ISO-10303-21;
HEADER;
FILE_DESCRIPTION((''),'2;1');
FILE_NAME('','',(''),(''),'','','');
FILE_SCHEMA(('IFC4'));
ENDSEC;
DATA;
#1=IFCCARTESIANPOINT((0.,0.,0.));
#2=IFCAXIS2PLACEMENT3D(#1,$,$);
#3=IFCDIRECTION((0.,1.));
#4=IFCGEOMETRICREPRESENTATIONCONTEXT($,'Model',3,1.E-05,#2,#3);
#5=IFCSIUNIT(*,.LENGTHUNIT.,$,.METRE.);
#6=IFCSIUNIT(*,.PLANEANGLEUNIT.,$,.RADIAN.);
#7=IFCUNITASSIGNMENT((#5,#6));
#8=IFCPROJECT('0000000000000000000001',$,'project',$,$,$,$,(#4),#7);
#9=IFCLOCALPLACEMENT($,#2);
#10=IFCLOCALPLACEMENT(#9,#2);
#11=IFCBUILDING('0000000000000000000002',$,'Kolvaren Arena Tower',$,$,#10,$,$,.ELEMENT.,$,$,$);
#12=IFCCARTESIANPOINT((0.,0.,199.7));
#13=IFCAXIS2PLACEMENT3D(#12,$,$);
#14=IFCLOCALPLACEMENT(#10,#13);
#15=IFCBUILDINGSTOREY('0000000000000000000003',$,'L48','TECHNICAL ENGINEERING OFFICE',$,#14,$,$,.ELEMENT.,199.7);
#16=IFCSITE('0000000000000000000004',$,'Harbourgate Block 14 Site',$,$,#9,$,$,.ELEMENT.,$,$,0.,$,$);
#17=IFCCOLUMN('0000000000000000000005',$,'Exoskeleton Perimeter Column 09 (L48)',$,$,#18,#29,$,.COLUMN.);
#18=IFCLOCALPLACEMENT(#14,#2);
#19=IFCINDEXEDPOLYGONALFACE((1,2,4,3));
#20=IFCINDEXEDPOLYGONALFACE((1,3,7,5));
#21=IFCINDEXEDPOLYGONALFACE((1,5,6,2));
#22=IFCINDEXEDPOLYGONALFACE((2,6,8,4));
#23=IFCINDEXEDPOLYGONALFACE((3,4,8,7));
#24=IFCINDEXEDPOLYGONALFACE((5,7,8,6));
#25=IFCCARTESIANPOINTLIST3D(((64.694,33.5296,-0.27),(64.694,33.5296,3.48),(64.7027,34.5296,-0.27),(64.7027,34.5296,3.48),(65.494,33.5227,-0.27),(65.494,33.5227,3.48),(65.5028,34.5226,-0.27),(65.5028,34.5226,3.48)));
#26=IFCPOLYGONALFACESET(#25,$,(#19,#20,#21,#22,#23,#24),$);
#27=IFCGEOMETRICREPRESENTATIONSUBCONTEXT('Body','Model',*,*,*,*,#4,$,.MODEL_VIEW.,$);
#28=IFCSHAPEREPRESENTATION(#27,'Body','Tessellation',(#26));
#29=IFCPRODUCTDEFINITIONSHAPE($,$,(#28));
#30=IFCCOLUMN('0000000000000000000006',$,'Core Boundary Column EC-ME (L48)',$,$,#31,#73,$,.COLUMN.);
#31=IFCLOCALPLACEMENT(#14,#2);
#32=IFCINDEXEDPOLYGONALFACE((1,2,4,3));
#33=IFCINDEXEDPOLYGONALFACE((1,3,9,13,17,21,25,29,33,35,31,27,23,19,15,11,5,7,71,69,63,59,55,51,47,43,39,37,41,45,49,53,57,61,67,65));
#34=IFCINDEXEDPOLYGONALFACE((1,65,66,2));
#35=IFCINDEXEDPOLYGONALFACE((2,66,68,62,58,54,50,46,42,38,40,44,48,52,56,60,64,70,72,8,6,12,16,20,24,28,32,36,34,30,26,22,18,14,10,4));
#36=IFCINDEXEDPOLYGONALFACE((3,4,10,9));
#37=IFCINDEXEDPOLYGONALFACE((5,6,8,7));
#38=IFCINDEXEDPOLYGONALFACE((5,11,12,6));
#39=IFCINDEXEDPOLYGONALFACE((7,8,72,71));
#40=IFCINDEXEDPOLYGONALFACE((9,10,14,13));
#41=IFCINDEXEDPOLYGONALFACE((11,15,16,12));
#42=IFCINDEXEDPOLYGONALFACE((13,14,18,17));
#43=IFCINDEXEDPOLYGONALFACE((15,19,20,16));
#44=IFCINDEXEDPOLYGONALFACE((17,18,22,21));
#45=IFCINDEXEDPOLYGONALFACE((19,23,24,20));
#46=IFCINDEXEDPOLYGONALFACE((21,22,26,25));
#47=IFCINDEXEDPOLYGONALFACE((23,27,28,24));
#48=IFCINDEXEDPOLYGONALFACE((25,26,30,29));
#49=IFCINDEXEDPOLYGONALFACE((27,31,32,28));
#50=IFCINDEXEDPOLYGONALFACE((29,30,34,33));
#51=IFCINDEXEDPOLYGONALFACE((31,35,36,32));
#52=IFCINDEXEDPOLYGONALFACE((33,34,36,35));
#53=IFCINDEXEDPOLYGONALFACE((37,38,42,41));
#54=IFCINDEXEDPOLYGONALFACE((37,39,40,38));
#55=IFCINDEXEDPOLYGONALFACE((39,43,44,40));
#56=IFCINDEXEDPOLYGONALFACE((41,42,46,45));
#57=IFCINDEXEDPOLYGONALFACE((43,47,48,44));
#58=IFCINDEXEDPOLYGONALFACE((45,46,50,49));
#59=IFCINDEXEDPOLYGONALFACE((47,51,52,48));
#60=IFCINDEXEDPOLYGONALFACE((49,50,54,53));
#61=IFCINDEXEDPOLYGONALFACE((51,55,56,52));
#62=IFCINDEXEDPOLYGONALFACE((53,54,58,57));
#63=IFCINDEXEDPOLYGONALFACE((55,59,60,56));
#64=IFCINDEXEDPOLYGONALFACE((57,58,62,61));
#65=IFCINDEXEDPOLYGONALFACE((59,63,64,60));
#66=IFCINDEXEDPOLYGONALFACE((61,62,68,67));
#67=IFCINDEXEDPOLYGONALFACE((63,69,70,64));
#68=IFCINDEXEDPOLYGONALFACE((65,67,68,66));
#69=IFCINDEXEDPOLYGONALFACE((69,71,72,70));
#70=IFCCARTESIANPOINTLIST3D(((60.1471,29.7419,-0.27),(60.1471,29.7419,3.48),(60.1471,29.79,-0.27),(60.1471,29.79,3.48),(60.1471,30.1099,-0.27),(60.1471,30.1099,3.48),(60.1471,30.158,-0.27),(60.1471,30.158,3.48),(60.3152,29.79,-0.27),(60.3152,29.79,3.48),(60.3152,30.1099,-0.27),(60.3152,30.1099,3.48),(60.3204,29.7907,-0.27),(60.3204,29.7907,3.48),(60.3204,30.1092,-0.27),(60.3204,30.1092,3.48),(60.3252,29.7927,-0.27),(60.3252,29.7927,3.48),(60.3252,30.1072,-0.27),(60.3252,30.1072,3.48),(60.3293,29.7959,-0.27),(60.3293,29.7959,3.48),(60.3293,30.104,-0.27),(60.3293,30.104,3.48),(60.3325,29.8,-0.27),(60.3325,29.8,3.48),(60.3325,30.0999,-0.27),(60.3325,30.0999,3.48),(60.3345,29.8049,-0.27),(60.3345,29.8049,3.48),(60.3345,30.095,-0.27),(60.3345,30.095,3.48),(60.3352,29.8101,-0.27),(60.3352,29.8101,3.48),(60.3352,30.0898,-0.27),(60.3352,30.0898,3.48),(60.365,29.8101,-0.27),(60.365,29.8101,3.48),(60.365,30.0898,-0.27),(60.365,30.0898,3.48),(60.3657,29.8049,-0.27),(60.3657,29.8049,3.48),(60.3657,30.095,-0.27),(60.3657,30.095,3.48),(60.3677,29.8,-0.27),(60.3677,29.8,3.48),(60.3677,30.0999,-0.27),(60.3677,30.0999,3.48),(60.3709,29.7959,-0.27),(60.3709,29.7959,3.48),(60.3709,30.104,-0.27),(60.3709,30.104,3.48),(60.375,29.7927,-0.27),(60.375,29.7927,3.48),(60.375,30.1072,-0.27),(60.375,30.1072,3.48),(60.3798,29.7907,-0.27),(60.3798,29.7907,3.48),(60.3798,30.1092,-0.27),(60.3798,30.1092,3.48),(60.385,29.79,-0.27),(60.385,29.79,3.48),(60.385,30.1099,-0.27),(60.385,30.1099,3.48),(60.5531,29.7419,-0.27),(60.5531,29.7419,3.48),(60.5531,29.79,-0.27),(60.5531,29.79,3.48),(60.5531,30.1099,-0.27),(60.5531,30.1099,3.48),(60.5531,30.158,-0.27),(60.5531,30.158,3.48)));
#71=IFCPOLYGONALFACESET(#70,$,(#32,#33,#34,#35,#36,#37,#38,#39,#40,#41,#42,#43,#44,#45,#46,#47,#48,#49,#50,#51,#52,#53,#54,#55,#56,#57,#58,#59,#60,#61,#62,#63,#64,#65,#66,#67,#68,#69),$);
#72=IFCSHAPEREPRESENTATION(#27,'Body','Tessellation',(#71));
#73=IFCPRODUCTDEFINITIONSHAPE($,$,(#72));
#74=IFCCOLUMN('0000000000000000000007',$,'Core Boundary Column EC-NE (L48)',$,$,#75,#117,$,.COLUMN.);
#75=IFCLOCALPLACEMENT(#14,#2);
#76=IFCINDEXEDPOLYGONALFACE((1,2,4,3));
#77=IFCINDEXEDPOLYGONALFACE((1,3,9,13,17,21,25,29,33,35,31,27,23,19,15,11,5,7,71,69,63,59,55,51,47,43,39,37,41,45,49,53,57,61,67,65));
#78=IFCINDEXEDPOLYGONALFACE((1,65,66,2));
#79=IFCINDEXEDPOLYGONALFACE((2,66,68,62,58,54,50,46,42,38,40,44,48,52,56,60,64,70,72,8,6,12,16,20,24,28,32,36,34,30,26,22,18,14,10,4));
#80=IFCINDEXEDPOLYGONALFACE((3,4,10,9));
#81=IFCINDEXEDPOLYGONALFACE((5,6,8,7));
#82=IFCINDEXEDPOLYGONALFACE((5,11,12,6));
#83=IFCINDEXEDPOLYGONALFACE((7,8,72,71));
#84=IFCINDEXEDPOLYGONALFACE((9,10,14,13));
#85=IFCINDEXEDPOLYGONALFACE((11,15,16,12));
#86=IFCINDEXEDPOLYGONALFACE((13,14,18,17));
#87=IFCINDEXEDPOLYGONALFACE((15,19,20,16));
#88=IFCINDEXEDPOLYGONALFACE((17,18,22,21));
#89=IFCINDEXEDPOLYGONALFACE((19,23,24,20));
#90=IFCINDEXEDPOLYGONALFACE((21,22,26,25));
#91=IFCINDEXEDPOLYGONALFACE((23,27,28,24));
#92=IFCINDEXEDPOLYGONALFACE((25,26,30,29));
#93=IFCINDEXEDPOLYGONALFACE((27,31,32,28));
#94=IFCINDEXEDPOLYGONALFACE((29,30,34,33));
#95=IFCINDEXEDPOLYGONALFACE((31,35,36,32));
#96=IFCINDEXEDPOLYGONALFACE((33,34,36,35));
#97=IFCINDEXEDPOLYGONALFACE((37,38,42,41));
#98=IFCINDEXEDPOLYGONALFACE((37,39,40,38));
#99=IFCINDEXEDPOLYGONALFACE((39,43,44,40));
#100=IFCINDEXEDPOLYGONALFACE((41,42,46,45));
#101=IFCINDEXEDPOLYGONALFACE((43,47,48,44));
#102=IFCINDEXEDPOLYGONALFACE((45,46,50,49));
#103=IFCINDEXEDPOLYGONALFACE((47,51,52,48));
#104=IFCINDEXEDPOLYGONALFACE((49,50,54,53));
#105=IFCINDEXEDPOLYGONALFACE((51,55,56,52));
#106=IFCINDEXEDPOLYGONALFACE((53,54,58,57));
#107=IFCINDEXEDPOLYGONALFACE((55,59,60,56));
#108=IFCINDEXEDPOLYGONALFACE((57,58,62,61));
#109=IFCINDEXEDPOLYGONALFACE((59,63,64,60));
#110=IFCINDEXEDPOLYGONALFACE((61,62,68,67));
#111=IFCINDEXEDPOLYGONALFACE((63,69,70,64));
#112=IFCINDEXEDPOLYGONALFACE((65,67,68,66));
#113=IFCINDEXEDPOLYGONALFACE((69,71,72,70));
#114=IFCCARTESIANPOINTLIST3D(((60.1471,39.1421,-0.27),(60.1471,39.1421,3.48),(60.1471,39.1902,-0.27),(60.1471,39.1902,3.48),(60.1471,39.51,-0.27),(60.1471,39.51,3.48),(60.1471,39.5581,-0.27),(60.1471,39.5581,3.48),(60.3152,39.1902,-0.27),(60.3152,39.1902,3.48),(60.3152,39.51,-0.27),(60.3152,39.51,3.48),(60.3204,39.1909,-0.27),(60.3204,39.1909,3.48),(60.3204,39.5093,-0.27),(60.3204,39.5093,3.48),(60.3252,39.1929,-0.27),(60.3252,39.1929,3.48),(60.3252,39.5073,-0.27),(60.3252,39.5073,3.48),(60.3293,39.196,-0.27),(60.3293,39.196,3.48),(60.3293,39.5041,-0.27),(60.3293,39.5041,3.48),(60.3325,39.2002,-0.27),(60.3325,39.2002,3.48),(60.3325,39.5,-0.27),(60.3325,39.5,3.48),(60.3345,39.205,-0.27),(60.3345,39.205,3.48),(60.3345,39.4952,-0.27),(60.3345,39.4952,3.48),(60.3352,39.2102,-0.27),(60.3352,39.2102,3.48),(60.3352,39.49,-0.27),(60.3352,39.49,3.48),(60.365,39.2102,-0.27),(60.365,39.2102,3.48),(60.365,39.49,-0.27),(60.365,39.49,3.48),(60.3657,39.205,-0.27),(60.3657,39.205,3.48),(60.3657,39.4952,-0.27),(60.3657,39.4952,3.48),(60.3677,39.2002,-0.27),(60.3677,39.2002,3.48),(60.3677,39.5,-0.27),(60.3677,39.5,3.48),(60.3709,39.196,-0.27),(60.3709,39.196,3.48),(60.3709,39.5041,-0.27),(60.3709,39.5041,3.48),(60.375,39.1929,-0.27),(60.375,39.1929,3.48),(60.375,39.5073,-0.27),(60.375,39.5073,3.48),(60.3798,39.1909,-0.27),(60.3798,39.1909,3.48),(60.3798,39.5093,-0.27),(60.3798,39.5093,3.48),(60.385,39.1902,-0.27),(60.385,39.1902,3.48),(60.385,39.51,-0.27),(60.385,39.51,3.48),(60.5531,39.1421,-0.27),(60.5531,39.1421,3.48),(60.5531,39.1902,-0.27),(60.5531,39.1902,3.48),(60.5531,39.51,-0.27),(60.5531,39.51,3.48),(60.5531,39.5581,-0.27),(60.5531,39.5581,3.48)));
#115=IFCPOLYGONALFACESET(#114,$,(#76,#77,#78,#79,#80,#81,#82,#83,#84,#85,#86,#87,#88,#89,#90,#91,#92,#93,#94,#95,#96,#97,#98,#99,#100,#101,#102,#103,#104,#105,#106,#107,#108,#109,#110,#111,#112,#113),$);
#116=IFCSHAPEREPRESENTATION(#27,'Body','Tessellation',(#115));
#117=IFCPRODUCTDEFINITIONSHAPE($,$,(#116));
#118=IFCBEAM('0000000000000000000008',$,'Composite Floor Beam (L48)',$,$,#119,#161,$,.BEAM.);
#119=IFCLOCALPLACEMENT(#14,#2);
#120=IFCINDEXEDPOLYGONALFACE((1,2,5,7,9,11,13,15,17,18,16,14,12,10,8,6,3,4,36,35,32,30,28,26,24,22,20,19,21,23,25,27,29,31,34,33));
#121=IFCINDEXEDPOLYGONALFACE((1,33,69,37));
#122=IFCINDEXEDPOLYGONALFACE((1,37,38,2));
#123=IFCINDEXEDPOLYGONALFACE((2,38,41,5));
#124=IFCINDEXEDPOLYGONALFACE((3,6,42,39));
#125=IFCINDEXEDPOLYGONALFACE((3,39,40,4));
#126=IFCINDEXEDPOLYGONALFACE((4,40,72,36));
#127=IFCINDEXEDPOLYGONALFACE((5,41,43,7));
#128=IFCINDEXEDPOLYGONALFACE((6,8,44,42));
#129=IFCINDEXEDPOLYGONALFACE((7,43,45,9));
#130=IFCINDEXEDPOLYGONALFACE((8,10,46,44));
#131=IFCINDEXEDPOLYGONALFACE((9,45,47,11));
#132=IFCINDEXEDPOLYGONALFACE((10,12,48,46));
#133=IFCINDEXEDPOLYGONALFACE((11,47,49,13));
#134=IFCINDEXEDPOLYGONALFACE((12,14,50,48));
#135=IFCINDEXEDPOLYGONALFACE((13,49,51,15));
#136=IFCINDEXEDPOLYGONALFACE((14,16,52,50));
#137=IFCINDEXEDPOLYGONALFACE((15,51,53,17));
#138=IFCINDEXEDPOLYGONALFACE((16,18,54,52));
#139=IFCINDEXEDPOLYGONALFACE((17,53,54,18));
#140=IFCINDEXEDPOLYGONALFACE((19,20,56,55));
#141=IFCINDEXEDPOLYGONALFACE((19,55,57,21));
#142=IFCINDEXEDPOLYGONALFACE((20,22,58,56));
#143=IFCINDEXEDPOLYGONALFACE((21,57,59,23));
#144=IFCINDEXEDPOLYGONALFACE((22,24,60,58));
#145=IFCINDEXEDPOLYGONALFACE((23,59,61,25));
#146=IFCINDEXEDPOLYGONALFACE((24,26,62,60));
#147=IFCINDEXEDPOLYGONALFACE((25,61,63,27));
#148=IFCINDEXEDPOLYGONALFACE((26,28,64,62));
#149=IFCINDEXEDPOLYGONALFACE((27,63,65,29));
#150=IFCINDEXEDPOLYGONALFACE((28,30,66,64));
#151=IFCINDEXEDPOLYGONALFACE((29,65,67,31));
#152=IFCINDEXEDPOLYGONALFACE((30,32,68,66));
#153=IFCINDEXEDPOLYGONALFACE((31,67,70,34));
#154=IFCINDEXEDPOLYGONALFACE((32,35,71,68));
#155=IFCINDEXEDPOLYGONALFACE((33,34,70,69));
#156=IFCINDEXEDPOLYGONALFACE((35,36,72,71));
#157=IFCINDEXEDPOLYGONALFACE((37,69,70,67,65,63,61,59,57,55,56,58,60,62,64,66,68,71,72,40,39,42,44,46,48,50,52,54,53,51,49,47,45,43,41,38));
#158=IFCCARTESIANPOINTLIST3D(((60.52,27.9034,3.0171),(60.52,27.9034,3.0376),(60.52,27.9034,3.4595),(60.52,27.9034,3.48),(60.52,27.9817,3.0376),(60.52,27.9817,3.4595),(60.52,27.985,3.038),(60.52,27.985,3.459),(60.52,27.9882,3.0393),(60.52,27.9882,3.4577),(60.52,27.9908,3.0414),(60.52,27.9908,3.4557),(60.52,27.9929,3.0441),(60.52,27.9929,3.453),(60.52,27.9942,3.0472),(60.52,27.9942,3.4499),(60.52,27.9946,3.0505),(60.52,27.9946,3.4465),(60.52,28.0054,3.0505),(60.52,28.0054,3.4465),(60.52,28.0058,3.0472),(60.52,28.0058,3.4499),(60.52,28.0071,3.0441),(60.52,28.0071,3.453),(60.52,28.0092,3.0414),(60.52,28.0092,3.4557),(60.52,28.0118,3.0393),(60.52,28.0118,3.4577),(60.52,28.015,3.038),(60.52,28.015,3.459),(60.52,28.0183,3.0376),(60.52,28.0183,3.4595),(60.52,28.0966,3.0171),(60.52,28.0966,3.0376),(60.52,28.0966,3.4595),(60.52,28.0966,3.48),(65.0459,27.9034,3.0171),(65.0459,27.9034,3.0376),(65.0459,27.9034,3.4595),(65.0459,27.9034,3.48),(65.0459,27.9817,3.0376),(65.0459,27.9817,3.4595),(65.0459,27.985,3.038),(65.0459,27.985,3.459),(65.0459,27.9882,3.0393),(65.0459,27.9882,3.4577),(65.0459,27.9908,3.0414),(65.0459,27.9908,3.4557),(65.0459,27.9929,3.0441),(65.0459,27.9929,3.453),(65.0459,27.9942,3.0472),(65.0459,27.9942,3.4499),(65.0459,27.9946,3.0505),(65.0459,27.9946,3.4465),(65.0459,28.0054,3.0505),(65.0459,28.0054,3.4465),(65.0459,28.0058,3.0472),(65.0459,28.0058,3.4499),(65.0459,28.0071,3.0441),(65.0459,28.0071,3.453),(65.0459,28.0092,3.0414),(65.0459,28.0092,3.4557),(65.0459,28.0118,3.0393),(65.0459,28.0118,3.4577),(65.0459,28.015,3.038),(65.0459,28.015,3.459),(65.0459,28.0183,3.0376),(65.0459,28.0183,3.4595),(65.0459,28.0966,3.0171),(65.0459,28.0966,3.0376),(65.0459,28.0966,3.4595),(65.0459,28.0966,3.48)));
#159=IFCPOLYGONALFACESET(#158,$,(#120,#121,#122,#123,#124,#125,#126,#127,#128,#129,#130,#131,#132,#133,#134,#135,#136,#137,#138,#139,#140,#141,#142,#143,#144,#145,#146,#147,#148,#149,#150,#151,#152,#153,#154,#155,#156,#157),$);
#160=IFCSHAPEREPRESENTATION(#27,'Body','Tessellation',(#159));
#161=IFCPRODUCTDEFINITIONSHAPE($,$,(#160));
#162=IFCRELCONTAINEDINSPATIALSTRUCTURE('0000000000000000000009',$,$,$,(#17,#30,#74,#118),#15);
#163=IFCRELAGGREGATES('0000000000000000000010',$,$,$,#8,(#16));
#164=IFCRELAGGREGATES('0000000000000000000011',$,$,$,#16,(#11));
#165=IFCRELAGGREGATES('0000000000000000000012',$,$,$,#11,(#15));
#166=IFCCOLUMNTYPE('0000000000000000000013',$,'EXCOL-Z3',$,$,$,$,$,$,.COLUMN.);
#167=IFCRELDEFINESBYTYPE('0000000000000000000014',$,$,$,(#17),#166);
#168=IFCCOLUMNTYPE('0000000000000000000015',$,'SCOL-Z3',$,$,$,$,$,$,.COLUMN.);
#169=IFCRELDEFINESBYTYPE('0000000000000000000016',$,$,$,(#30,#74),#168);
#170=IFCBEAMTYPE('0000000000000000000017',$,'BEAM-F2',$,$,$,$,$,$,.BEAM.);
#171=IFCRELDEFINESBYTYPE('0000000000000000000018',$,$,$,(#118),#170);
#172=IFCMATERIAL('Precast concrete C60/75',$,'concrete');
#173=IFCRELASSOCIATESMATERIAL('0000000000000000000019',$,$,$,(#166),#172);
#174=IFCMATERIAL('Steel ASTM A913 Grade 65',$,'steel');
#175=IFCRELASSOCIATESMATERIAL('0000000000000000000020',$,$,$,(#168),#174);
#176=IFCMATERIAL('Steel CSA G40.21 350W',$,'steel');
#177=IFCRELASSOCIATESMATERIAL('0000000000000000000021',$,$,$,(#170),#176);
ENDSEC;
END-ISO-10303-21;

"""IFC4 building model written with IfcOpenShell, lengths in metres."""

from ifc_helpers import new_model, si_unit, direction, frame, origin, origin_2d, place, context, subcontext, project, spatial, rectangle, i_section, extrude, material, material_profile, profile_set, type_object, element, save


model = new_model("IFC4")

# Units and contexts
model_context = context("Model", 3, precision=1e-05, world=origin(), true_north=direction((0.0, 1.0)))
body_context = subcontext(model_context, "Body", "Model", "MODEL_VIEW")
ifc_project = project(units=[si_unit("LENGTHUNIT", "METRE"), si_unit("PLANEANGLEUNIT", "RADIAN")], contexts=[model_context])

# Site, building, storey
site_placement = place(None, origin())
site = spatial("IfcSite", under=ifc_project, at=site_placement, Name="Harbourgate Block 14 Site", CompositionType="ELEMENT", RefElevation=0.0)
building_placement = place(site_placement, origin())
building = spatial("IfcBuilding", under=site, at=building_placement, Name="Kolvaren Arena Tower", CompositionType="ELEMENT")
storey_placement = place(building_placement, frame((0.0, 0.0, 199.7)))
storey = spatial("IfcBuildingStorey", under=building, at=storey_placement, Name="L48", Description="TECHNICAL ENGINEERING OFFICE", CompositionType="ELEMENT", Elevation=199.7)

# Columns
ifc_material_1 = material(Name="Precast concrete C60/75", Category="concrete")
ifc_material_profile_1 = material_profile(ifc_material_1, rectangle(XDim=1.0, YDim=0.8, at=origin_2d()), Name="RC-1000x800")
ifc_profile_set_1 = profile_set([ifc_material_profile_1], Name="Precast concrete C60/75")
column_type_1 = type_object("IfcColumnType", Name="EXCOL-Z3", PredefinedType="COLUMN", material=ifc_profile_set_1)
column_placement = place(storey_placement, frame((65.0984, 34.0261, -0.27), z_axis=(0.0, 0.0, 1.0), x_axis=(0.008727, 0.999962, 0.0)))
element("IfcColumn", 1, at=column_placement, inside=storey, type_object=column_type_1, Name="Exoskeleton Perimeter Column 09 (L48)", PredefinedType="COLUMN", context=body_context, shape_type="SweptSolid", body=[
    extrude(rectangle(XDim=1.0, YDim=0.8, at=origin_2d()), origin(), (0.0, 0.0, 1.0), 3.75),
])
ifc_material_2 = material(Name="Steel ASTM A913 Grade 65", Category="steel")
ifc_material_profile_2 = material_profile(ifc_material_2, i_section(OverallWidth=0.406, OverallDepth=0.416, WebThickness=0.0298, FlangeThickness=0.0481, FilletRadius=0.02, at=origin_2d()), Name="W360x382")
ifc_profile_set_2 = profile_set([ifc_material_profile_2], Name="Steel ASTM A913 Grade 65")
column_type_2 = type_object("IfcColumnType", Name="SCOL-Z3", PredefinedType="COLUMN", material=ifc_profile_set_2)
for number, where, z_axis, x_axis, name in (
    (2, (60.3501, 29.95, -0.27), (0.0, 0.0, 1.0), (1.0, 0.0, 0.0), "Core Boundary Column EC-ME (L48)"),
    (3, (60.3501, 39.3501, -0.27), (0.0, 0.0, 1.0), (1.0, 0.0, 0.0), "Core Boundary Column EC-NE (L48)"),
):
    element("IfcColumn", number, at=place(storey_placement, frame(where, z_axis=z_axis, x_axis=x_axis)), inside=storey, type_object=column_type_2, Name=name, PredefinedType="COLUMN", context=body_context, shape_type="SweptSolid", body=[
        extrude(i_section(OverallWidth=0.406, OverallDepth=0.416, WebThickness=0.0298, FlangeThickness=0.0481, FilletRadius=0.02, at=origin_2d()), origin(), (0.0, 0.0, 1.0), 3.75),
    ])

# Beam
ifc_material_3 = material(Name="Steel CSA G40.21 350W", Category="steel")
ifc_material_profile_3 = material_profile(ifc_material_3, i_section(OverallWidth=0.1931, OverallDepth=0.4629, WebThickness=0.0107, FlangeThickness=0.0205, FilletRadius=0.0129, at=origin_2d()), Name="W460x113")
ifc_profile_set_3 = profile_set([ifc_material_profile_3], Name="Steel CSA G40.21 350W")
beam_type_1 = type_object("IfcBeamType", Name="BEAM-F2", PredefinedType="BEAM", material=ifc_profile_set_3)
beam_1_placement = place(storey_placement, frame((60.52, 28.0, 3.2485), z_axis=(1.0, 0.0, 0.0), x_axis=(0.0, 1.0, 0.0)))
element("IfcBeam", 4, at=beam_1_placement, inside=storey, type_object=beam_type_1, Name="Composite Floor Beam (L48)", PredefinedType="BEAM", context=body_context, shape_type="SweptSolid", body=[
    extrude(i_section(OverallWidth=0.1931, OverallDepth=0.4629, WebThickness=0.0107, FlangeThickness=0.0205, FilletRadius=0.0129, at=origin_2d()), origin(), (0.0, 0.0, 1.0), 4.5259),
])

save(model, "model.ifc")
